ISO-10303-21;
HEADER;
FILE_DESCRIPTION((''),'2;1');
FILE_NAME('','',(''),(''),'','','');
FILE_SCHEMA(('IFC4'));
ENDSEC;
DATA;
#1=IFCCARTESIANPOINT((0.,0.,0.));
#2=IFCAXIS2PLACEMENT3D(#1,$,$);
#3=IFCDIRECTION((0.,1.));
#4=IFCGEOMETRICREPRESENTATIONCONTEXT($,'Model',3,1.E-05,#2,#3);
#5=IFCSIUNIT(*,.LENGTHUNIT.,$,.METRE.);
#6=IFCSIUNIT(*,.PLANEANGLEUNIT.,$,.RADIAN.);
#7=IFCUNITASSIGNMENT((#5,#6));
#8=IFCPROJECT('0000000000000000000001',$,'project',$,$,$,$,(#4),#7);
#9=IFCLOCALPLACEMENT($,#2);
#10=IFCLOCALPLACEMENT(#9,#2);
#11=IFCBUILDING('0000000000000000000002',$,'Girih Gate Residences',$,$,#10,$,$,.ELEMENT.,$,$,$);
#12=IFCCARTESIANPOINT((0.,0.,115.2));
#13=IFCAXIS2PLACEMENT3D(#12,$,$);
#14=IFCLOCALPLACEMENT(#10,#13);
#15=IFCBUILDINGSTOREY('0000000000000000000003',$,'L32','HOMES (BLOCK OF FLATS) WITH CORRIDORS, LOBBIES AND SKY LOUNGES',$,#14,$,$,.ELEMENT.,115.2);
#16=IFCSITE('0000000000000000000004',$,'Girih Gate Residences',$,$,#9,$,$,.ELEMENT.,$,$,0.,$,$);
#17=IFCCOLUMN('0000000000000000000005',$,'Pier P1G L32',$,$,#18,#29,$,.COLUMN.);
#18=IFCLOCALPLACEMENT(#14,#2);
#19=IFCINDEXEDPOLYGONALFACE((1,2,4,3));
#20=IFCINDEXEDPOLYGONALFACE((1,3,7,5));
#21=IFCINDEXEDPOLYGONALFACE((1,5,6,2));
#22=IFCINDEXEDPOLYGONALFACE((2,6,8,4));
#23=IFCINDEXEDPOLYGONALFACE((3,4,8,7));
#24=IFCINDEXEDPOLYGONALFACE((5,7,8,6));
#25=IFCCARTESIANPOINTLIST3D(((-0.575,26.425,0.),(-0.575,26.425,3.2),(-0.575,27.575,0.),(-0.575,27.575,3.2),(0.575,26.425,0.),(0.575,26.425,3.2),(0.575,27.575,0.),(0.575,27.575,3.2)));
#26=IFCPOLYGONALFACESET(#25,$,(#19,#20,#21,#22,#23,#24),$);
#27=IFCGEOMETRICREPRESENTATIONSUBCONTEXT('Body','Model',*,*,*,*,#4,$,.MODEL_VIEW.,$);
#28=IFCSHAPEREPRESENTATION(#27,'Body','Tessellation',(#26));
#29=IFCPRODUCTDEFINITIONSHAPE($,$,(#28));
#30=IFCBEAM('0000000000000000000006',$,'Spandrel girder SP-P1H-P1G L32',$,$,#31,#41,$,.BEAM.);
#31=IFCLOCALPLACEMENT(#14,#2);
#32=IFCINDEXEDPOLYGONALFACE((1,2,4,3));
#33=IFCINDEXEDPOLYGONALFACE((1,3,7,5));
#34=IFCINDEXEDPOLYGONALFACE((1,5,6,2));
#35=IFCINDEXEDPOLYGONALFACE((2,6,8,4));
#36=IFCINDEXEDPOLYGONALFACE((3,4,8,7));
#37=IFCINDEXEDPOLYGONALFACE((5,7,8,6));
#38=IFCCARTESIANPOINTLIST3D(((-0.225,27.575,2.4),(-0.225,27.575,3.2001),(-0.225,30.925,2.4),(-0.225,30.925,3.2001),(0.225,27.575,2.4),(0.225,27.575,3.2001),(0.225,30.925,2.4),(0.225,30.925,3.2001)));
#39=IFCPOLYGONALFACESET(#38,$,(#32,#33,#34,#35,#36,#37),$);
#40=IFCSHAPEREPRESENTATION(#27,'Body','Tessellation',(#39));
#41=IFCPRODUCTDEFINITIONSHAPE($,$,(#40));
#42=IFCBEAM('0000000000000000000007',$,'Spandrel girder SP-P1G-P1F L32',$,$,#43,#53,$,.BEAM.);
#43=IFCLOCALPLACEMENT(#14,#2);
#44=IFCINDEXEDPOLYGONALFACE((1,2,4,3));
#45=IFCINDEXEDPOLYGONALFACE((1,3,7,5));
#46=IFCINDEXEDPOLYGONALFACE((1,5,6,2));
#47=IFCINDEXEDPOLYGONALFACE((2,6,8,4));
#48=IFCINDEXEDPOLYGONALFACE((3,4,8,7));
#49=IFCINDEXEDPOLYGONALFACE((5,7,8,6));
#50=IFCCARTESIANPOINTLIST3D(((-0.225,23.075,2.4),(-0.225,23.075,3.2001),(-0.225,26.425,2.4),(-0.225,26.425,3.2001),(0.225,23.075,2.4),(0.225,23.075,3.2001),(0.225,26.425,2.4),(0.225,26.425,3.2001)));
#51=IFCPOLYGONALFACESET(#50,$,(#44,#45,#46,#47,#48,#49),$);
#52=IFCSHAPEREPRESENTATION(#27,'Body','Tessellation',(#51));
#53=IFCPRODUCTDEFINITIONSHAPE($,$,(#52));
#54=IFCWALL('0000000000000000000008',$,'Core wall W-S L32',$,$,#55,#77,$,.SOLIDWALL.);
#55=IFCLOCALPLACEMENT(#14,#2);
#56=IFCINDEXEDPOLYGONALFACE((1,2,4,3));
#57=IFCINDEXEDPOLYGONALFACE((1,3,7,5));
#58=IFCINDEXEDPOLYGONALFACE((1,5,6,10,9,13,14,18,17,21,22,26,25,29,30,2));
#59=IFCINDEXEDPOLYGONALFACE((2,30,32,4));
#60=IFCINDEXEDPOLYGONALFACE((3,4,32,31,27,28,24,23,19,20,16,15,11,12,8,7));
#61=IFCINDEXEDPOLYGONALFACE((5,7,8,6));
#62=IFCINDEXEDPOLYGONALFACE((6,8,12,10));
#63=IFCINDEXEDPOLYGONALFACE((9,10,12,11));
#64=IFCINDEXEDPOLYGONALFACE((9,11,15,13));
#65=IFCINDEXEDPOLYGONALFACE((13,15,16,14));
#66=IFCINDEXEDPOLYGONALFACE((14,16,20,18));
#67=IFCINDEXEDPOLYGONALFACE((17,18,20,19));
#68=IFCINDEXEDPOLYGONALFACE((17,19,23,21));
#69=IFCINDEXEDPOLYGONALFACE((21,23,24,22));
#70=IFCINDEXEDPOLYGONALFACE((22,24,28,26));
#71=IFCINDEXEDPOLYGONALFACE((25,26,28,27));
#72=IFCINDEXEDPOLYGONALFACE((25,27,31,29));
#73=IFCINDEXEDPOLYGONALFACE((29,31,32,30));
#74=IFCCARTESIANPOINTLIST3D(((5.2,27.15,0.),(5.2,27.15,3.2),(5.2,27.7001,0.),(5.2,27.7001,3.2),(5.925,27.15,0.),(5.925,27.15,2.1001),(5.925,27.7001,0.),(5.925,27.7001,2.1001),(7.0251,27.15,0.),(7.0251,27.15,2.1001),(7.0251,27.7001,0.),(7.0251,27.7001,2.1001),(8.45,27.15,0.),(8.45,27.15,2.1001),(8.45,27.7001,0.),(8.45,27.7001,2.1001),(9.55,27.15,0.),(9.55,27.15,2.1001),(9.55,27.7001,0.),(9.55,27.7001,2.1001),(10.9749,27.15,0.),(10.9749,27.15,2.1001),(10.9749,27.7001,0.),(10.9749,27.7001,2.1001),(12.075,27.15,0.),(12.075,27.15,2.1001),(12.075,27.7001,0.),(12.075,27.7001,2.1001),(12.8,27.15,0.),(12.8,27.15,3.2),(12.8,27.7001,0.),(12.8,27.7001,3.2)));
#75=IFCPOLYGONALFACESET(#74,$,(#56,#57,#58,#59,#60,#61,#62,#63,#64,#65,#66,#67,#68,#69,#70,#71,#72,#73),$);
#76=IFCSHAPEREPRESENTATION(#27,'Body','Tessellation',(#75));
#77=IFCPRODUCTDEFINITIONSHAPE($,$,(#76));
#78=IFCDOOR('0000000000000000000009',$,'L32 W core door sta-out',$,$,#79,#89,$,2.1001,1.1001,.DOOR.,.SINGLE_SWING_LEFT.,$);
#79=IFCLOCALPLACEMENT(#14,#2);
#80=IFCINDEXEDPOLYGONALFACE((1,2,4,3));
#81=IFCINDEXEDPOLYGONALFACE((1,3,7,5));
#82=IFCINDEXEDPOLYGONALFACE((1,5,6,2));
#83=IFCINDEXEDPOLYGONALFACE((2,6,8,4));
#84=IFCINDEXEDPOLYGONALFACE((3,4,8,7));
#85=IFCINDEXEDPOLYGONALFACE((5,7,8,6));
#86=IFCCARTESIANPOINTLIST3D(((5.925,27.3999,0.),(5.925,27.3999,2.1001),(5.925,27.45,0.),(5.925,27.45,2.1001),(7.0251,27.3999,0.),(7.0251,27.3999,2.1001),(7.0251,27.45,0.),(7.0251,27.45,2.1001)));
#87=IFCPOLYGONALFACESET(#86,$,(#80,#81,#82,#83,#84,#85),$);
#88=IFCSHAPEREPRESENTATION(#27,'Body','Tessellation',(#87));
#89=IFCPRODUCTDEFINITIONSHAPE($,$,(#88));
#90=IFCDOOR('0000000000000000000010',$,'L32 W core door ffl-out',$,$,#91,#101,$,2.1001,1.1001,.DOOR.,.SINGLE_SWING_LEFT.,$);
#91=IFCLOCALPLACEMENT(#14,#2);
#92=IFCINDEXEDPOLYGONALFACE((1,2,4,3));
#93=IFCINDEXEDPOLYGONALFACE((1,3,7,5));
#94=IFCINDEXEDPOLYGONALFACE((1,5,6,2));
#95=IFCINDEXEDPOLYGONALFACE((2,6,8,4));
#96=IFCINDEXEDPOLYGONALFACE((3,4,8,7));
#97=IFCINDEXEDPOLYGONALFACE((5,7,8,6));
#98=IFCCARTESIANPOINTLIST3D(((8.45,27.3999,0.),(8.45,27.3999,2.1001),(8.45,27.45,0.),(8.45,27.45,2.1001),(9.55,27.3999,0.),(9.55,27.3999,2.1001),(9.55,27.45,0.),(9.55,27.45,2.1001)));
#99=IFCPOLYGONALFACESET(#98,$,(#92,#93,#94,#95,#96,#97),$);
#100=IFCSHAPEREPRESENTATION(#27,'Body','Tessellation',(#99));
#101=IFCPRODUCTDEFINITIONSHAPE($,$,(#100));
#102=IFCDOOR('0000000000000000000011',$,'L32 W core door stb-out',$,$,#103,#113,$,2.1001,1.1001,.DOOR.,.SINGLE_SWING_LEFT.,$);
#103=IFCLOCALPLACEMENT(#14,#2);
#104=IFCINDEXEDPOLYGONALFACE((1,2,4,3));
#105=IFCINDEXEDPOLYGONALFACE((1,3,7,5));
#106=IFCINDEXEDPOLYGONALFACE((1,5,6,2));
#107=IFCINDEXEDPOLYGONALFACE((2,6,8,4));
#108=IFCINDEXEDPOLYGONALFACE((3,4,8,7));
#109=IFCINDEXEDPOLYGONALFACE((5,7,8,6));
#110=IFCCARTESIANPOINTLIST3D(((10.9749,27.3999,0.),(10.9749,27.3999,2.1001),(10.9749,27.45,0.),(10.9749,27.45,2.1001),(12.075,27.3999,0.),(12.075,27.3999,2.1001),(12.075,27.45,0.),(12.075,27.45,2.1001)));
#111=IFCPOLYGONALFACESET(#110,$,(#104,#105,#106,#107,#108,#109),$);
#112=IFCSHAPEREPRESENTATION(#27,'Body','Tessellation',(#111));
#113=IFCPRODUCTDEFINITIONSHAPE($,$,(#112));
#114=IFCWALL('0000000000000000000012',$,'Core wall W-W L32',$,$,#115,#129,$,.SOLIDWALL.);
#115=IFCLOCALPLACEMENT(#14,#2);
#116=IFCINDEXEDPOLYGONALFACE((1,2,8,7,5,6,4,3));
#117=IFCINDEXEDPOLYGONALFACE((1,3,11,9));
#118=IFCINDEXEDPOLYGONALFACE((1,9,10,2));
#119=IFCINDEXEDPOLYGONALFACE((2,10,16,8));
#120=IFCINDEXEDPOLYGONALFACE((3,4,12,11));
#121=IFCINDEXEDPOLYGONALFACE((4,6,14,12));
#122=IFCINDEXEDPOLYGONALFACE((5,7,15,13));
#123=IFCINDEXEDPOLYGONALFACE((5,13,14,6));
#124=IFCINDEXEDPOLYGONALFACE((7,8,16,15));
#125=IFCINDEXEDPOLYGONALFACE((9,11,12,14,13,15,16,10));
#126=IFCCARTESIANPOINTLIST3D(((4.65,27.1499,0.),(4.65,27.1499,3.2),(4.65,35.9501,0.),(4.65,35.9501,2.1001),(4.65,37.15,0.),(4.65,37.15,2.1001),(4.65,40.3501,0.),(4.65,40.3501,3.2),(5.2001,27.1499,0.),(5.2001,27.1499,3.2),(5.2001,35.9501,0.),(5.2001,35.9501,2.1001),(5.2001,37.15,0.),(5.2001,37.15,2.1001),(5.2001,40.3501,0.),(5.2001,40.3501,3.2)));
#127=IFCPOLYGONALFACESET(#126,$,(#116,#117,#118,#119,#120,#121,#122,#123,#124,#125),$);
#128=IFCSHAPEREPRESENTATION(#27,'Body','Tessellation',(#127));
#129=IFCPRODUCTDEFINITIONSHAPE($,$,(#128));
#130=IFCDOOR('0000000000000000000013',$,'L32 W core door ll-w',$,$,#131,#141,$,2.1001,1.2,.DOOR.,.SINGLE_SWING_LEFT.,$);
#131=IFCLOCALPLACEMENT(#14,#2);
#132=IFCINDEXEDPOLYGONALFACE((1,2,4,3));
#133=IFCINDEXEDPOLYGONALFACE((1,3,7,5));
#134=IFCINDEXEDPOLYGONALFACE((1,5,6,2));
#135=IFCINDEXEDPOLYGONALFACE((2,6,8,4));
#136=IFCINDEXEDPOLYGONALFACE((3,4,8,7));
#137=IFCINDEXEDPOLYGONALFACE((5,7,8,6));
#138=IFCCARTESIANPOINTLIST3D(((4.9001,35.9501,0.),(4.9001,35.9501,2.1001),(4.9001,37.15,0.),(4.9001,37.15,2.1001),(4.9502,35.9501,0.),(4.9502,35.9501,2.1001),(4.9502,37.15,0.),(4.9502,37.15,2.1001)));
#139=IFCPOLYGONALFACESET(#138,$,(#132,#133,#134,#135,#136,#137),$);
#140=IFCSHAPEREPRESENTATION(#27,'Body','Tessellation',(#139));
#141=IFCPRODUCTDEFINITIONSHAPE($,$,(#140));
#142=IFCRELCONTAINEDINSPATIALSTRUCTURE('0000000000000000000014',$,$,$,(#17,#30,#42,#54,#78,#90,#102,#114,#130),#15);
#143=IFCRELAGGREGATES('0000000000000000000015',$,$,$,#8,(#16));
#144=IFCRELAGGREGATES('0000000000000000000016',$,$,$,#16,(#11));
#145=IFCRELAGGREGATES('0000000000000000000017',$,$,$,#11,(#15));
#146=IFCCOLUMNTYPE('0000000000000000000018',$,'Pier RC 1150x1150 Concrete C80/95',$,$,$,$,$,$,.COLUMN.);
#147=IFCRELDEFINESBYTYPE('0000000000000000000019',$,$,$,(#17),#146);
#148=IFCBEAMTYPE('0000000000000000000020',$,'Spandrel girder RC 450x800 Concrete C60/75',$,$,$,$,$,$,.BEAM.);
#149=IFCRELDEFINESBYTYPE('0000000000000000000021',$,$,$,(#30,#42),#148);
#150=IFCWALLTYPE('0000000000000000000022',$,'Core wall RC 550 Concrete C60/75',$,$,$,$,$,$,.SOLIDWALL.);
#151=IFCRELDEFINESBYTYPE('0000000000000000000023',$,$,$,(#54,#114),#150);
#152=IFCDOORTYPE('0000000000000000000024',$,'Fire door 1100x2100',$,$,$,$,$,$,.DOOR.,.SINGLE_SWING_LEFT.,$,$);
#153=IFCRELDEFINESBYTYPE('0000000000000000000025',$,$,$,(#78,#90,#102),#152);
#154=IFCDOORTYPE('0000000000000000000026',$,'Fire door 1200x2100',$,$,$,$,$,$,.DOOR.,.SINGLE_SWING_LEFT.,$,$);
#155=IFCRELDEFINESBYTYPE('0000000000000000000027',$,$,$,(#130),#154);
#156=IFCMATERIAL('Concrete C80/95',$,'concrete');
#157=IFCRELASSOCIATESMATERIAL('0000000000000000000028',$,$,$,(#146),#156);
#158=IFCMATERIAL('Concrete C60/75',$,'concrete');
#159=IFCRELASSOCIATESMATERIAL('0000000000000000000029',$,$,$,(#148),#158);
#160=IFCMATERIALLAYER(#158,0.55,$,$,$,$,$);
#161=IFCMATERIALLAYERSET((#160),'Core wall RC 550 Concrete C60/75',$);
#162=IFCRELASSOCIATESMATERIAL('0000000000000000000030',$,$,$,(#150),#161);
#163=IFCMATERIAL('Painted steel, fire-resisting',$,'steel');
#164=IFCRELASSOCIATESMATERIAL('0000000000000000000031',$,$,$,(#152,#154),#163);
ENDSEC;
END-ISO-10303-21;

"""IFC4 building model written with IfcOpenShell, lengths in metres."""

from ifc_helpers import new_model, si_unit, direction, frame, frame_2d, origin, origin_2d, place, context, subcontext, project, spatial, rectangle, extrude, material, layer, layer_set, material_profile, profile_set, type_object, element, fill, save


model = new_model("IFC4")

# Units and contexts
model_context = context("Model", 3, precision=1e-05, world=origin(), true_north=direction((0.0, 1.0)))
body_context = subcontext(model_context, "Body", "Model", "MODEL_VIEW")
ifc_project = project(units=[si_unit("LENGTHUNIT", "METRE"), si_unit("PLANEANGLEUNIT", "RADIAN")], contexts=[model_context])

# Site, building, storey
site_placement = place(None, origin())
site = spatial("IfcSite", under=ifc_project, at=site_placement, Name="Girih Gate Residences", CompositionType="ELEMENT", RefElevation=0.0)
building_placement = place(site_placement, origin())
building = spatial("IfcBuilding", under=site, at=building_placement, Name="Girih Gate Residences", CompositionType="ELEMENT")
storey_placement = place(building_placement, frame((0.0, 0.0, 115.2)))
storey = spatial("IfcBuildingStorey", under=building, at=storey_placement, Name="L32", Description="HOMES (BLOCK OF FLATS) WITH CORRIDORS, LOBBIES AND SKY LOUNGES", CompositionType="ELEMENT", Elevation=115.2)

# Column
ifc_material_1 = material(Name="Concrete C80/95", Category="concrete")
ifc_material_profile_1 = material_profile(ifc_material_1, rectangle(XDim=1.1499, YDim=1.1499, at=origin_2d()))
ifc_profile_set_1 = profile_set([ifc_material_profile_1], Name="Concrete C80/95")
column_type = type_object("IfcColumnType", Name="Pier RC 1150x1150 Concrete C80/95", PredefinedType="COLUMN", material=ifc_profile_set_1)
column_placement = place(storey_placement, frame((0.0, 27.0, 0.0), z_axis=(0.0, 0.0, 1.0), x_axis=(1.0, 0.0, 0.0)))
element("IfcColumn", 1, at=column_placement, inside=storey, type_object=column_type, Name="Pier P1G L32", PredefinedType="COLUMN", context=body_context, shape_type="SweptSolid", body=[
    extrude(rectangle(XDim=1.1499, YDim=1.1499, at=origin_2d()), origin(), (0.0, 0.0, 1.0), 3.2),
])

# Beams
ifc_material_2 = material(Name="Concrete C60/75", Category="concrete")
ifc_material_profile_2 = material_profile(ifc_material_2, rectangle(XDim=0.45, YDim=0.8, at=origin_2d()))
ifc_profile_set_2 = profile_set([ifc_material_profile_2], Name="Concrete C60/75")
beam_type = type_object("IfcBeamType", Name="Spandrel girder RC 450x800 Concrete C60/75", PredefinedType="BEAM", material=ifc_profile_set_2)
for number, where, z_axis, x_axis, name in (
    (2, (0.0, 30.925, 2.8), (0.0, -1.0, 0.0), (1.0, 0.0, 0.0), "Spandrel girder SP-P1H-P1G L32"),
    (3, (0.0, 26.425, 2.8), (0.0, -1.0, 0.0), (1.0, 0.0, 0.0), "Spandrel girder SP-P1G-P1F L32"),
):
    element("IfcBeam", number, at=place(storey_placement, frame(where, z_axis=z_axis, x_axis=x_axis)), inside=storey, type_object=beam_type, Name=name, PredefinedType="BEAM", context=body_context, shape_type="SweptSolid", body=[
        extrude(rectangle(XDim=0.45, YDim=0.8, at=origin_2d()), origin(), (0.0, 0.0, 1.0), 3.3501),
    ])

# Wall, openings, doors
ifc_layer_1 = layer(ifc_material_2, 0.55)
ifc_layer_set_1 = layer_set([ifc_layer_1], Name="Core wall RC 550 Concrete C60/75")
wall_type_1 = type_object("IfcWallType", Name="Core wall RC 550 Concrete C60/75", PredefinedType="SOLIDWALL", material=ifc_layer_set_1)
wall_1_placement = place(storey_placement, frame((5.2, 27.425, 0.0), z_axis=(0.0, 0.0, 1.0), x_axis=(1.0, 0.0, 0.0)))
wall_1 = element("IfcWall", 4, at=wall_1_placement, inside=storey, type_object=wall_type_1, Name="Core wall W-S L32", PredefinedType="SOLIDWALL", context=body_context, shape_type="SweptSolid", body=[
    extrude(rectangle(XDim=7.6001, YDim=0.55, at=frame_2d((3.8, 0.0))), origin(), (0.0, 0.0, 1.0), 3.2),
])
opening_1_placement = place(wall_1_placement, frame((0.7251, 0.0, 0.0)))
opening_1 = element("IfcOpeningElement", 5, at=opening_1_placement, cuts=wall_1, PredefinedType="OPENING", context=body_context, shape_type="SweptSolid", body=[
    extrude(rectangle(XDim=1.1001, YDim=2.1001, at=frame_2d((0.55, 1.05))), frame((0.0, 0.2849, 0.0), z_axis=(0.0, -1.0, 0.0), x_axis=(1.0, 0.0, 0.0)), (0.0, 0.0, 1.0), 0.5701),
])
opening_2_placement = place(wall_1_placement, frame((3.25, 0.0, 0.0)))
opening_2 = element("IfcOpeningElement", 6, at=opening_2_placement, cuts=wall_1, PredefinedType="OPENING", context=body_context, shape_type="SweptSolid", body=[
    extrude(rectangle(XDim=1.1001, YDim=2.1001, at=frame_2d((0.55, 1.05))), frame((0.0, 0.2849, 0.0), z_axis=(0.0, -1.0, 0.0), x_axis=(1.0, 0.0, 0.0)), (0.0, 0.0, 1.0), 0.5701),
])
opening_3_placement = place(wall_1_placement, frame((5.7749, 0.0, 0.0)))
opening_3 = element("IfcOpeningElement", 7, at=opening_3_placement, cuts=wall_1, PredefinedType="OPENING", context=body_context, shape_type="SweptSolid", body=[
    extrude(rectangle(XDim=1.1001, YDim=2.1001, at=frame_2d((0.55, 1.05))), frame((0.0, 0.2849, 0.0), z_axis=(0.0, -1.0, 0.0), x_axis=(1.0, 0.0, 0.0)), (0.0, 0.0, 1.0), 0.5701),
])
ifc_material_3 = material(Name="Painted steel, fire-resisting", Category="steel")
door_type_1 = type_object("IfcDoorType", Name="Fire door 1100x2100", OperationType="SINGLE_SWING_LEFT", PredefinedType="DOOR", material=ifc_material_3)
door_1_placement = place(opening_1_placement, origin())
door_1 = element("IfcDoor", 8, at=door_1_placement, inside=storey, type_object=door_type_1, Name="L32 W core door sta-out", OperationType="SINGLE_SWING_LEFT", OverallHeight=2.1001, OverallWidth=1.1001, PredefinedType="DOOR", context=body_context, shape_type="SweptSolid", body=[
    extrude(rectangle(XDim=1.1001, YDim=2.1001, at=frame_2d((0.55, 1.05))), frame((0.0, 0.0249, 0.0), z_axis=(0.0, -1.0, 0.0), x_axis=(1.0, 0.0, 0.0)), (0.0, 0.0, 1.0), 0.05),
])
fill(opening_1, door_1)
door_2_placement = place(opening_2_placement, origin())
door_2 = element("IfcDoor", 9, at=door_2_placement, inside=storey, type_object=door_type_1, Name="L32 W core door ffl-out", OperationType="SINGLE_SWING_LEFT", OverallHeight=2.1001, OverallWidth=1.1001, PredefinedType="DOOR", context=body_context, shape_type="SweptSolid", body=[
    extrude(rectangle(XDim=1.1001, YDim=2.1001, at=frame_2d((0.55, 1.05))), frame((0.0, 0.0249, 0.0), z_axis=(0.0, -1.0, 0.0), x_axis=(1.0, 0.0, 0.0)), (0.0, 0.0, 1.0), 0.05),
])
fill(opening_2, door_2)
door_3_placement = place(opening_3_placement, origin())
door_3 = element("IfcDoor", 10, at=door_3_placement, inside=storey, type_object=door_type_1, Name="L32 W core door stb-out", OperationType="SINGLE_SWING_LEFT", OverallHeight=2.1001, OverallWidth=1.1001, PredefinedType="DOOR", context=body_context, shape_type="SweptSolid", body=[
    extrude(rectangle(XDim=1.1001, YDim=2.1001, at=frame_2d((0.55, 1.05))), frame((0.0, 0.0249, 0.0), z_axis=(0.0, -1.0, 0.0), x_axis=(1.0, 0.0, 0.0)), (0.0, 0.0, 1.0), 0.05),
])
fill(opening_3, door_3)

# Wall, opening, door
wall_2_placement = place(storey_placement, frame((4.925, 27.1499, 0.0), z_axis=(0.0, 0.0, 1.0), x_axis=(0.0, 1.0, 0.0)))
wall_2 = element("IfcWall", 11, at=wall_2_placement, inside=storey, type_object=wall_type_1, Name="Core wall W-W L32", PredefinedType="SOLIDWALL", context=body_context, shape_type="SweptSolid", body=[
    extrude(rectangle(XDim=13.2002, YDim=0.55, at=frame_2d((6.6001, 0.0))), origin(), (0.0, 0.0, 1.0), 3.2),
])
opening_4_placement = place(wall_2_placement, frame((8.8, 0.0, 0.0)))
opening_4 = element("IfcOpeningElement", 12, at=opening_4_placement, cuts=wall_2, PredefinedType="OPENING", context=body_context, shape_type="SweptSolid", body=[
    extrude(rectangle(XDim=1.2, YDim=2.1001, at=frame_2d((0.6001, 1.05))), frame((0.0, 0.2849, 0.0), z_axis=(0.0, -1.0, 0.0), x_axis=(1.0, 0.0, 0.0)), (0.0, 0.0, 1.0), 0.5701),
])
door_type_2 = type_object("IfcDoorType", Name="Fire door 1200x2100", OperationType="SINGLE_SWING_LEFT", PredefinedType="DOOR", material=ifc_material_3)
door_4_placement = place(opening_4_placement, origin())
door_4 = element("IfcDoor", 13, at=door_4_placement, inside=storey, type_object=door_type_2, Name="L32 W core door ll-w", OperationType="SINGLE_SWING_LEFT", OverallHeight=2.1001, OverallWidth=1.2, PredefinedType="DOOR", context=body_context, shape_type="SweptSolid", body=[
    extrude(rectangle(XDim=1.2, YDim=2.1001, at=frame_2d((0.6001, 1.05))), frame((0.0, 0.0249, 0.0), z_axis=(0.0, -1.0, 0.0), x_axis=(1.0, 0.0, 0.0)), (0.0, 0.0, 1.0), 0.05),
])
fill(opening_4, door_4)

save(model, "model.ifc")
